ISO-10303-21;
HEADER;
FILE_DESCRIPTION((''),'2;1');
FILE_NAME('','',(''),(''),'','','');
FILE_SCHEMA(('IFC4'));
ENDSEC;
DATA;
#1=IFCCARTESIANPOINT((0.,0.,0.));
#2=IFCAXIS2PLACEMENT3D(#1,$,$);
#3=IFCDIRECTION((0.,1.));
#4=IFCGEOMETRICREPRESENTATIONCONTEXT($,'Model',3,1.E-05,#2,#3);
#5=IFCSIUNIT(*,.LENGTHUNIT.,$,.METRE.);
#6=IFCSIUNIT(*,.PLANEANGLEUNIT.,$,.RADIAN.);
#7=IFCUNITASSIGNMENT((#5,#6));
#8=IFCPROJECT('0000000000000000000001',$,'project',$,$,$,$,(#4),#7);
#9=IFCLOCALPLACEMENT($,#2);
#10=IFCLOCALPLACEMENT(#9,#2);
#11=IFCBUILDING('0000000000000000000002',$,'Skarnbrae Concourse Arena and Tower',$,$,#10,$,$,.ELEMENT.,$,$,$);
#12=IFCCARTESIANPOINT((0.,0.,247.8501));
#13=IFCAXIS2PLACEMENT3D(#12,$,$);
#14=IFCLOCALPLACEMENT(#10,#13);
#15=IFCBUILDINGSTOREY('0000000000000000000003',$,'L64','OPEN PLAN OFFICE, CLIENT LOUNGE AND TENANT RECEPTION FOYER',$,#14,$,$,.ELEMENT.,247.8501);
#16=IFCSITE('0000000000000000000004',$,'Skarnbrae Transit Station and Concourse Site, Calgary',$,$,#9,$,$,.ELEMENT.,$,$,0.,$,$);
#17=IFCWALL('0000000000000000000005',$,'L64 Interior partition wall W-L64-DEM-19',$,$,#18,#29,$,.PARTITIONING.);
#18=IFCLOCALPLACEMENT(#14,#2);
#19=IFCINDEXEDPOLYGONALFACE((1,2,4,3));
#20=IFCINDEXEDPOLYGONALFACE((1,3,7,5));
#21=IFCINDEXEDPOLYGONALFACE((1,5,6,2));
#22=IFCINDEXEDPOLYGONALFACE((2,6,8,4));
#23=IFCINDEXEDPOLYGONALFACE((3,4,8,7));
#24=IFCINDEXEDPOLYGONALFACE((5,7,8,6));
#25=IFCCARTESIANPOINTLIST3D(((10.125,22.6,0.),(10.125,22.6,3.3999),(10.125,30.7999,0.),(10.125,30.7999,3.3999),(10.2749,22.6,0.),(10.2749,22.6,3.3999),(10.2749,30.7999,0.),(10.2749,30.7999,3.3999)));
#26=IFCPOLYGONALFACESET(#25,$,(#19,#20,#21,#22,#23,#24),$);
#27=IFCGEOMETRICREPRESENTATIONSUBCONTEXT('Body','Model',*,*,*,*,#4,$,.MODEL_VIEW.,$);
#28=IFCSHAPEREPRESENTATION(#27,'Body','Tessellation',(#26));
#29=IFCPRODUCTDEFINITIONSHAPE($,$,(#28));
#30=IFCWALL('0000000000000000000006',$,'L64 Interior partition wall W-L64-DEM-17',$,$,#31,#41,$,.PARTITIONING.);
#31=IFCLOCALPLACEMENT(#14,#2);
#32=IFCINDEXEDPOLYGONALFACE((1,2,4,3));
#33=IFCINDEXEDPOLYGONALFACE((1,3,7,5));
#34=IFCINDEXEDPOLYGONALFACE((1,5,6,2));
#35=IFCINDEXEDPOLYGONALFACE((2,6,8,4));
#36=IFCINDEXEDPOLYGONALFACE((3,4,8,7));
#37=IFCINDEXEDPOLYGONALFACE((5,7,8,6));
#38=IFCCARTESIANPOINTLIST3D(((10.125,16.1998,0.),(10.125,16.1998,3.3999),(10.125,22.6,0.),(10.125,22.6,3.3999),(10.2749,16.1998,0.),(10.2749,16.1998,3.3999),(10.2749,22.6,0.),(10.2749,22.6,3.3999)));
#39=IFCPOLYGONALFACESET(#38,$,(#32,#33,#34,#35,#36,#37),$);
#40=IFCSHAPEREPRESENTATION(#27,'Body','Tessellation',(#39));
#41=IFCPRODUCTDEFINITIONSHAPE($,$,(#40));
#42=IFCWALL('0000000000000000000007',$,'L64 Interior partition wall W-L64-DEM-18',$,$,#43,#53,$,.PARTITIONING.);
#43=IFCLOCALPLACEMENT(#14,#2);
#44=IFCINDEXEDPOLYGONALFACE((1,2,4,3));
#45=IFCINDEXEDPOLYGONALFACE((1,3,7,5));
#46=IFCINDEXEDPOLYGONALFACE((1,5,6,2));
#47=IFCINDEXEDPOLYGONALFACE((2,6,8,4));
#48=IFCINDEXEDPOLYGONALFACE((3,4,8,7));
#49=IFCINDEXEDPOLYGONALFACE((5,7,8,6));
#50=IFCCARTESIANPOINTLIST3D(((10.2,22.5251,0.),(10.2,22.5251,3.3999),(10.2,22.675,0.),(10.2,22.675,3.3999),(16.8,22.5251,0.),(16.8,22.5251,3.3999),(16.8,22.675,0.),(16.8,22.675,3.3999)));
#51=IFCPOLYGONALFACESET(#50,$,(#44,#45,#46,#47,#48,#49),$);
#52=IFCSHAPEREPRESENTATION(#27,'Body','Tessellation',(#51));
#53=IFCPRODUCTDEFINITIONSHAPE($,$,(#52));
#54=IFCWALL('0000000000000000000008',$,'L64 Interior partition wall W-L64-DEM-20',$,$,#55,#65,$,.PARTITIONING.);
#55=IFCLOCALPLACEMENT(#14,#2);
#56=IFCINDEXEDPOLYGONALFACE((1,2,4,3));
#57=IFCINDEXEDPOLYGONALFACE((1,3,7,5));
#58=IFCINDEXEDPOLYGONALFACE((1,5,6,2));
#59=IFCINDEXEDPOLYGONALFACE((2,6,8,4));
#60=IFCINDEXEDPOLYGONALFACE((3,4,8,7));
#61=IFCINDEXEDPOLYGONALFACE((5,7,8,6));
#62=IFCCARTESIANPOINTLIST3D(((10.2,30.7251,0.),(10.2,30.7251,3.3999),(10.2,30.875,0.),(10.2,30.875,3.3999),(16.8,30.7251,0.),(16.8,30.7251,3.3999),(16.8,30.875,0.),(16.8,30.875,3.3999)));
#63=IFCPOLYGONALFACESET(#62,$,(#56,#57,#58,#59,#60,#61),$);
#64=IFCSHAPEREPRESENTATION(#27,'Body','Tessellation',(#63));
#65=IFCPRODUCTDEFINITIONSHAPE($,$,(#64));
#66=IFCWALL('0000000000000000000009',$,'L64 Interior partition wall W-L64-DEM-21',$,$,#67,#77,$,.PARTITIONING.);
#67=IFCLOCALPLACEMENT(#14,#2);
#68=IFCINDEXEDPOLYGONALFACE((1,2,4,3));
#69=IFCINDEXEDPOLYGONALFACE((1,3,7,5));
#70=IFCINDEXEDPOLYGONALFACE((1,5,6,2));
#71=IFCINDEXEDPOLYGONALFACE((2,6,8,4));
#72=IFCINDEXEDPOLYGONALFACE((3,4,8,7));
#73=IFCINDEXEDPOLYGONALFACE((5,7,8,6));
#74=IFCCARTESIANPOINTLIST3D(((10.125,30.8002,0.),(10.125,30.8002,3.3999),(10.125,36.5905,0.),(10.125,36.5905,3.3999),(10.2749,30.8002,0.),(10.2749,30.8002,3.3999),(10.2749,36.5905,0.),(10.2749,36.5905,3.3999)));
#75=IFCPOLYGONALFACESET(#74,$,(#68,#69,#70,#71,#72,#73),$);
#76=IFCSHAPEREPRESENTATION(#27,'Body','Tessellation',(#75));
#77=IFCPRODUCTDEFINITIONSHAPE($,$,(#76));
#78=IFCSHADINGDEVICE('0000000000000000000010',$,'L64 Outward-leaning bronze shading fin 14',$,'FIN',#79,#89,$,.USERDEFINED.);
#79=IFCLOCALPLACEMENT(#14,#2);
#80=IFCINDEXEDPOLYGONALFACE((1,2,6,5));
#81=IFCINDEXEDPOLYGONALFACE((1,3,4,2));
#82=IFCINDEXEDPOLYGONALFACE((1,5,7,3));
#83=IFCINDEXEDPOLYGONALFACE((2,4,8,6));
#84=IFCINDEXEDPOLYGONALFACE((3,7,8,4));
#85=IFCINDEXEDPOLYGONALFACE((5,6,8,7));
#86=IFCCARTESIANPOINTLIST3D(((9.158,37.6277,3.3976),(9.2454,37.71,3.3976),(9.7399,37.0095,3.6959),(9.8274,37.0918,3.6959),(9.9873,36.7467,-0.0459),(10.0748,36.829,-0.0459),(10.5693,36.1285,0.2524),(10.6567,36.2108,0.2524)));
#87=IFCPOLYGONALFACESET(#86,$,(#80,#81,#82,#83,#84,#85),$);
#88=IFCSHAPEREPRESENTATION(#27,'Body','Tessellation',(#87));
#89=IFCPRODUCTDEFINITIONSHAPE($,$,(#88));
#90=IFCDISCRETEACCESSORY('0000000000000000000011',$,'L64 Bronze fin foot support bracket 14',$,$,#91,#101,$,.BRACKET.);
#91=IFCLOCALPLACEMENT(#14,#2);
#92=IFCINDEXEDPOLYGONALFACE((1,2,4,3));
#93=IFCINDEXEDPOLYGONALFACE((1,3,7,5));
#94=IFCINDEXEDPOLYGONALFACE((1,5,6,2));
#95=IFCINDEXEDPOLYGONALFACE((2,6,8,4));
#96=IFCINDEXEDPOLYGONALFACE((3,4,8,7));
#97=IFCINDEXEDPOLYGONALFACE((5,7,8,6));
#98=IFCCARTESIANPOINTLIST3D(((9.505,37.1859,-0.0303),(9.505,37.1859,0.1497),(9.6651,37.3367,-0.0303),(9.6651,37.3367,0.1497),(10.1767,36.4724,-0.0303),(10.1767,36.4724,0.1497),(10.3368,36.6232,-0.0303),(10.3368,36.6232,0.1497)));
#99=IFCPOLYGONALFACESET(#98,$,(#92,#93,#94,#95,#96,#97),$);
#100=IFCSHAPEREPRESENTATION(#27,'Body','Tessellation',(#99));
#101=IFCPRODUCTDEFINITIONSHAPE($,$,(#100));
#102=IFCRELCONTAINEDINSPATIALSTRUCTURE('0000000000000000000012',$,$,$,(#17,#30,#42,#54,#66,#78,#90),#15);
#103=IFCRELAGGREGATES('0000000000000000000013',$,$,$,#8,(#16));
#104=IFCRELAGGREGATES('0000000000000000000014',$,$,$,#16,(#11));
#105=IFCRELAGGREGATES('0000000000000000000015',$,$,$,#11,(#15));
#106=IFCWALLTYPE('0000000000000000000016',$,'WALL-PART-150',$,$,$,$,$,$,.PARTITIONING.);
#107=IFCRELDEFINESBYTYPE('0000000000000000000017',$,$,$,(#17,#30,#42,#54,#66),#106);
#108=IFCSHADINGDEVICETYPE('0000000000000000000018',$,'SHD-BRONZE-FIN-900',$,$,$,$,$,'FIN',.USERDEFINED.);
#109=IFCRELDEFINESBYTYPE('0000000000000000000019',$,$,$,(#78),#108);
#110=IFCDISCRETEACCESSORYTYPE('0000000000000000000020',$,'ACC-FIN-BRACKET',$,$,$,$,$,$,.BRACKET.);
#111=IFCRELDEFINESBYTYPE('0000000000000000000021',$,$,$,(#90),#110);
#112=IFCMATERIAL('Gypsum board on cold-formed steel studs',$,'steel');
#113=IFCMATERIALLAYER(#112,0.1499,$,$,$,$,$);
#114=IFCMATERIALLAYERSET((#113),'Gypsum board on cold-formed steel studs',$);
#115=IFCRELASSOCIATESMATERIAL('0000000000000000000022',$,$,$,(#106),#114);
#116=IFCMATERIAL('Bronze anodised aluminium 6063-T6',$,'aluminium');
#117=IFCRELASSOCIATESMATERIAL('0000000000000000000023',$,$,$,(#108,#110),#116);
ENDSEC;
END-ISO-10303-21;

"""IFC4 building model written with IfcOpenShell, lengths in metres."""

from ifc_helpers import new_model, si_unit, direction, frame, frame_2d, origin, origin_2d, place, context, subcontext, project, spatial, rectangle, extrude, source, transform, mapped, material, layer, layer_set, type_object, element, save


model = new_model("IFC4")

# Units and contexts
model_context = context("Model", 3, precision=1e-05, world=origin(), true_north=direction((0.0, 1.0)))
body_context = subcontext(model_context, "Body", "Model", "MODEL_VIEW")
ifc_project = project(units=[si_unit("LENGTHUNIT", "METRE"), si_unit("PLANEANGLEUNIT", "RADIAN")], contexts=[model_context])

# Site, building, storey
site_placement = place(None, origin())
site = spatial("IfcSite", under=ifc_project, at=site_placement, Name="Skarnbrae Transit Station and Concourse Site, Calgary", CompositionType="ELEMENT", RefElevation=0.0)
building_placement = place(site_placement, origin())
building = spatial("IfcBuilding", under=site, at=building_placement, Name="Skarnbrae Concourse Arena and Tower", CompositionType="ELEMENT")
storey_placement = place(building_placement, frame((0.0, 0.0, 247.8501)))
storey = spatial("IfcBuildingStorey", under=building, at=storey_placement, Name="L64", Description="OPEN PLAN OFFICE, CLIENT LOUNGE AND TENANT RECEPTION FOYER", CompositionType="ELEMENT", Elevation=247.8501)

# Shared definitions
ifc_material_1 = material(Name="Bronze anodised aluminium 6063-T6", Category="aluminium")

# Walls
ifc_material_2 = material(Name="Gypsum board on cold-formed steel studs", Category="steel")
ifc_layer_1 = layer(ifc_material_2, 0.1499)
ifc_layer_set_1 = layer_set([ifc_layer_1], Name="Gypsum board on cold-formed steel studs")
wall_type_1 = type_object("IfcWallType", Name="WALL-PART-150", PredefinedType="PARTITIONING", material=ifc_layer_set_1)
shared_shape_1 = source(origin(), body_context, "Body", "SweptSolid", [
    extrude(rectangle(XDim=8.2, YDim=0.1499, at=frame_2d((4.1001, 0.0))), origin(), (0.0, 0.0, 1.0), 3.3999),
])
wall_1_placement = place(storey_placement, frame((10.2, 30.8, 0.0), z_axis=(0.0, 0.0, 1.0), x_axis=(0.0, -1.0, 0.0)))
element("IfcWall", 1, at=wall_1_placement, inside=storey, type_object=wall_type_1, Name="L64 Interior partition wall W-L64-DEM-19", PredefinedType="PARTITIONING", context=body_context, shape_type="MappedRepresentation", body=[
    mapped(shared_shape_1, transform((0.0, 0.0, 0.0))),
])
shared_shape_2 = source(origin(), body_context, "Body", "SweptSolid", [
    extrude(rectangle(XDim=6.4001, YDim=0.1499, at=frame_2d((3.2002, 0.0))), origin(), (0.0, 0.0, 1.0), 3.3999),
])
wall_2_placement = place(storey_placement, frame((10.2, 22.6001, 0.0), z_axis=(0.0, 0.0, 1.0), x_axis=(0.0, -1.0, 0.0)))
element("IfcWall", 2, at=wall_2_placement, inside=storey, type_object=wall_type_1, Name="L64 Interior partition wall W-L64-DEM-17", PredefinedType="PARTITIONING", context=body_context, shape_type="MappedRepresentation", body=[
    mapped(shared_shape_2, transform((0.0, 0.0, 0.0))),
])
shared_shape_3 = source(origin(), body_context, "Body", "SweptSolid", [
    extrude(rectangle(XDim=6.6001, YDim=0.1499, at=frame_2d((3.3, 0.0))), origin(), (0.0, 0.0, 1.0), 3.3999),
])
for number, where, z_axis, x_axis, name in (
    (3, (10.2, 22.6001, 0.0), (0.0, 0.0, 1.0), (1.0, 0.0, 0.0), "L64 Interior partition wall W-L64-DEM-18"),
    (4, (10.2, 30.8, 0.0), (0.0, 0.0, 1.0), (1.0, 0.0, 0.0), "L64 Interior partition wall W-L64-DEM-20"),
):
    element("IfcWall", number, at=place(storey_placement, frame(where, z_axis=z_axis, x_axis=x_axis)), inside=storey, type_object=wall_type_1, Name=name, PredefinedType="PARTITIONING", context=body_context, shape_type="MappedRepresentation", body=[
        mapped(shared_shape_3, transform((0.0, 0.0, 0.0))),
    ])
shared_shape_4 = source(origin(), body_context, "Body", "SweptSolid", [
    extrude(rectangle(XDim=5.7903, YDim=0.1499, at=frame_2d((2.895, 0.0))), origin(), (0.0, 0.0, 1.0), 3.3999),
])
wall_3_placement = place(storey_placement, frame((10.2, 36.5903, 0.0), z_axis=(0.0, 0.0, 1.0), x_axis=(0.0, -1.0, 0.0)))
element("IfcWall", 5, at=wall_3_placement, inside=storey, type_object=wall_type_1, Name="L64 Interior partition wall W-L64-DEM-21", PredefinedType="PARTITIONING", context=body_context, shape_type="MappedRepresentation", body=[
    mapped(shared_shape_4, transform((0.0, 0.0, 0.0))),
])

# Shading device
shading_device_type = type_object("IfcShadingDeviceType", Name="SHD-BRONZE-FIN-900", ElementType="FIN", PredefinedType="USERDEFINED", material=ifc_material_1)
shared_shape_5 = source(origin(), body_context, "Body", "SweptSolid", [
    extrude(rectangle(XDim=0.1201, YDim=0.8999, at=origin_2d()), origin(), (0.0, 0.0, 1.0), 3.6499),
])
shading_device_placement = place(storey_placement, frame((10.322, 36.4788, 0.1033), z_axis=(-0.227224, 0.241378, 0.943454), x_axis=(0.728132, 0.685437, 0.0)))
element("IfcShadingDevice", 6, at=shading_device_placement, inside=storey, type_object=shading_device_type, Name="L64 Outward-leaning bronze shading fin 14", ObjectType="FIN", PredefinedType="USERDEFINED", context=body_context, shape_type="MappedRepresentation", body=[
    mapped(shared_shape_5, transform((0.0, 0.0, 0.0))),
])

# Discrete accessory
discrete_accessory_type = type_object("IfcDiscreteAccessoryType", Name="ACC-FIN-BRACKET", PredefinedType="BRACKET", material=ifc_material_1)
shared_shape_6 = source(origin(), body_context, "Body", "SweptSolid", [
    extrude(rectangle(XDim=0.22, YDim=0.98, at=origin_2d()), origin(), (0.0, 0.0, 1.0), 0.1799),
])
discrete_accessory_placement = place(storey_placement, frame((9.9209, 36.9045, -0.0303), z_axis=(0.0, 0.0, 1.0), x_axis=(0.728132, 0.685437, 0.0)))
element("IfcDiscreteAccessory", 7, at=discrete_accessory_placement, inside=storey, type_object=discrete_accessory_type, Name="L64 Bronze fin foot support bracket 14", PredefinedType="BRACKET", context=body_context, shape_type="MappedRepresentation", body=[
    mapped(shared_shape_6, transform((0.0, 0.0, 0.0))),
])

save(model, "model.ifc")
